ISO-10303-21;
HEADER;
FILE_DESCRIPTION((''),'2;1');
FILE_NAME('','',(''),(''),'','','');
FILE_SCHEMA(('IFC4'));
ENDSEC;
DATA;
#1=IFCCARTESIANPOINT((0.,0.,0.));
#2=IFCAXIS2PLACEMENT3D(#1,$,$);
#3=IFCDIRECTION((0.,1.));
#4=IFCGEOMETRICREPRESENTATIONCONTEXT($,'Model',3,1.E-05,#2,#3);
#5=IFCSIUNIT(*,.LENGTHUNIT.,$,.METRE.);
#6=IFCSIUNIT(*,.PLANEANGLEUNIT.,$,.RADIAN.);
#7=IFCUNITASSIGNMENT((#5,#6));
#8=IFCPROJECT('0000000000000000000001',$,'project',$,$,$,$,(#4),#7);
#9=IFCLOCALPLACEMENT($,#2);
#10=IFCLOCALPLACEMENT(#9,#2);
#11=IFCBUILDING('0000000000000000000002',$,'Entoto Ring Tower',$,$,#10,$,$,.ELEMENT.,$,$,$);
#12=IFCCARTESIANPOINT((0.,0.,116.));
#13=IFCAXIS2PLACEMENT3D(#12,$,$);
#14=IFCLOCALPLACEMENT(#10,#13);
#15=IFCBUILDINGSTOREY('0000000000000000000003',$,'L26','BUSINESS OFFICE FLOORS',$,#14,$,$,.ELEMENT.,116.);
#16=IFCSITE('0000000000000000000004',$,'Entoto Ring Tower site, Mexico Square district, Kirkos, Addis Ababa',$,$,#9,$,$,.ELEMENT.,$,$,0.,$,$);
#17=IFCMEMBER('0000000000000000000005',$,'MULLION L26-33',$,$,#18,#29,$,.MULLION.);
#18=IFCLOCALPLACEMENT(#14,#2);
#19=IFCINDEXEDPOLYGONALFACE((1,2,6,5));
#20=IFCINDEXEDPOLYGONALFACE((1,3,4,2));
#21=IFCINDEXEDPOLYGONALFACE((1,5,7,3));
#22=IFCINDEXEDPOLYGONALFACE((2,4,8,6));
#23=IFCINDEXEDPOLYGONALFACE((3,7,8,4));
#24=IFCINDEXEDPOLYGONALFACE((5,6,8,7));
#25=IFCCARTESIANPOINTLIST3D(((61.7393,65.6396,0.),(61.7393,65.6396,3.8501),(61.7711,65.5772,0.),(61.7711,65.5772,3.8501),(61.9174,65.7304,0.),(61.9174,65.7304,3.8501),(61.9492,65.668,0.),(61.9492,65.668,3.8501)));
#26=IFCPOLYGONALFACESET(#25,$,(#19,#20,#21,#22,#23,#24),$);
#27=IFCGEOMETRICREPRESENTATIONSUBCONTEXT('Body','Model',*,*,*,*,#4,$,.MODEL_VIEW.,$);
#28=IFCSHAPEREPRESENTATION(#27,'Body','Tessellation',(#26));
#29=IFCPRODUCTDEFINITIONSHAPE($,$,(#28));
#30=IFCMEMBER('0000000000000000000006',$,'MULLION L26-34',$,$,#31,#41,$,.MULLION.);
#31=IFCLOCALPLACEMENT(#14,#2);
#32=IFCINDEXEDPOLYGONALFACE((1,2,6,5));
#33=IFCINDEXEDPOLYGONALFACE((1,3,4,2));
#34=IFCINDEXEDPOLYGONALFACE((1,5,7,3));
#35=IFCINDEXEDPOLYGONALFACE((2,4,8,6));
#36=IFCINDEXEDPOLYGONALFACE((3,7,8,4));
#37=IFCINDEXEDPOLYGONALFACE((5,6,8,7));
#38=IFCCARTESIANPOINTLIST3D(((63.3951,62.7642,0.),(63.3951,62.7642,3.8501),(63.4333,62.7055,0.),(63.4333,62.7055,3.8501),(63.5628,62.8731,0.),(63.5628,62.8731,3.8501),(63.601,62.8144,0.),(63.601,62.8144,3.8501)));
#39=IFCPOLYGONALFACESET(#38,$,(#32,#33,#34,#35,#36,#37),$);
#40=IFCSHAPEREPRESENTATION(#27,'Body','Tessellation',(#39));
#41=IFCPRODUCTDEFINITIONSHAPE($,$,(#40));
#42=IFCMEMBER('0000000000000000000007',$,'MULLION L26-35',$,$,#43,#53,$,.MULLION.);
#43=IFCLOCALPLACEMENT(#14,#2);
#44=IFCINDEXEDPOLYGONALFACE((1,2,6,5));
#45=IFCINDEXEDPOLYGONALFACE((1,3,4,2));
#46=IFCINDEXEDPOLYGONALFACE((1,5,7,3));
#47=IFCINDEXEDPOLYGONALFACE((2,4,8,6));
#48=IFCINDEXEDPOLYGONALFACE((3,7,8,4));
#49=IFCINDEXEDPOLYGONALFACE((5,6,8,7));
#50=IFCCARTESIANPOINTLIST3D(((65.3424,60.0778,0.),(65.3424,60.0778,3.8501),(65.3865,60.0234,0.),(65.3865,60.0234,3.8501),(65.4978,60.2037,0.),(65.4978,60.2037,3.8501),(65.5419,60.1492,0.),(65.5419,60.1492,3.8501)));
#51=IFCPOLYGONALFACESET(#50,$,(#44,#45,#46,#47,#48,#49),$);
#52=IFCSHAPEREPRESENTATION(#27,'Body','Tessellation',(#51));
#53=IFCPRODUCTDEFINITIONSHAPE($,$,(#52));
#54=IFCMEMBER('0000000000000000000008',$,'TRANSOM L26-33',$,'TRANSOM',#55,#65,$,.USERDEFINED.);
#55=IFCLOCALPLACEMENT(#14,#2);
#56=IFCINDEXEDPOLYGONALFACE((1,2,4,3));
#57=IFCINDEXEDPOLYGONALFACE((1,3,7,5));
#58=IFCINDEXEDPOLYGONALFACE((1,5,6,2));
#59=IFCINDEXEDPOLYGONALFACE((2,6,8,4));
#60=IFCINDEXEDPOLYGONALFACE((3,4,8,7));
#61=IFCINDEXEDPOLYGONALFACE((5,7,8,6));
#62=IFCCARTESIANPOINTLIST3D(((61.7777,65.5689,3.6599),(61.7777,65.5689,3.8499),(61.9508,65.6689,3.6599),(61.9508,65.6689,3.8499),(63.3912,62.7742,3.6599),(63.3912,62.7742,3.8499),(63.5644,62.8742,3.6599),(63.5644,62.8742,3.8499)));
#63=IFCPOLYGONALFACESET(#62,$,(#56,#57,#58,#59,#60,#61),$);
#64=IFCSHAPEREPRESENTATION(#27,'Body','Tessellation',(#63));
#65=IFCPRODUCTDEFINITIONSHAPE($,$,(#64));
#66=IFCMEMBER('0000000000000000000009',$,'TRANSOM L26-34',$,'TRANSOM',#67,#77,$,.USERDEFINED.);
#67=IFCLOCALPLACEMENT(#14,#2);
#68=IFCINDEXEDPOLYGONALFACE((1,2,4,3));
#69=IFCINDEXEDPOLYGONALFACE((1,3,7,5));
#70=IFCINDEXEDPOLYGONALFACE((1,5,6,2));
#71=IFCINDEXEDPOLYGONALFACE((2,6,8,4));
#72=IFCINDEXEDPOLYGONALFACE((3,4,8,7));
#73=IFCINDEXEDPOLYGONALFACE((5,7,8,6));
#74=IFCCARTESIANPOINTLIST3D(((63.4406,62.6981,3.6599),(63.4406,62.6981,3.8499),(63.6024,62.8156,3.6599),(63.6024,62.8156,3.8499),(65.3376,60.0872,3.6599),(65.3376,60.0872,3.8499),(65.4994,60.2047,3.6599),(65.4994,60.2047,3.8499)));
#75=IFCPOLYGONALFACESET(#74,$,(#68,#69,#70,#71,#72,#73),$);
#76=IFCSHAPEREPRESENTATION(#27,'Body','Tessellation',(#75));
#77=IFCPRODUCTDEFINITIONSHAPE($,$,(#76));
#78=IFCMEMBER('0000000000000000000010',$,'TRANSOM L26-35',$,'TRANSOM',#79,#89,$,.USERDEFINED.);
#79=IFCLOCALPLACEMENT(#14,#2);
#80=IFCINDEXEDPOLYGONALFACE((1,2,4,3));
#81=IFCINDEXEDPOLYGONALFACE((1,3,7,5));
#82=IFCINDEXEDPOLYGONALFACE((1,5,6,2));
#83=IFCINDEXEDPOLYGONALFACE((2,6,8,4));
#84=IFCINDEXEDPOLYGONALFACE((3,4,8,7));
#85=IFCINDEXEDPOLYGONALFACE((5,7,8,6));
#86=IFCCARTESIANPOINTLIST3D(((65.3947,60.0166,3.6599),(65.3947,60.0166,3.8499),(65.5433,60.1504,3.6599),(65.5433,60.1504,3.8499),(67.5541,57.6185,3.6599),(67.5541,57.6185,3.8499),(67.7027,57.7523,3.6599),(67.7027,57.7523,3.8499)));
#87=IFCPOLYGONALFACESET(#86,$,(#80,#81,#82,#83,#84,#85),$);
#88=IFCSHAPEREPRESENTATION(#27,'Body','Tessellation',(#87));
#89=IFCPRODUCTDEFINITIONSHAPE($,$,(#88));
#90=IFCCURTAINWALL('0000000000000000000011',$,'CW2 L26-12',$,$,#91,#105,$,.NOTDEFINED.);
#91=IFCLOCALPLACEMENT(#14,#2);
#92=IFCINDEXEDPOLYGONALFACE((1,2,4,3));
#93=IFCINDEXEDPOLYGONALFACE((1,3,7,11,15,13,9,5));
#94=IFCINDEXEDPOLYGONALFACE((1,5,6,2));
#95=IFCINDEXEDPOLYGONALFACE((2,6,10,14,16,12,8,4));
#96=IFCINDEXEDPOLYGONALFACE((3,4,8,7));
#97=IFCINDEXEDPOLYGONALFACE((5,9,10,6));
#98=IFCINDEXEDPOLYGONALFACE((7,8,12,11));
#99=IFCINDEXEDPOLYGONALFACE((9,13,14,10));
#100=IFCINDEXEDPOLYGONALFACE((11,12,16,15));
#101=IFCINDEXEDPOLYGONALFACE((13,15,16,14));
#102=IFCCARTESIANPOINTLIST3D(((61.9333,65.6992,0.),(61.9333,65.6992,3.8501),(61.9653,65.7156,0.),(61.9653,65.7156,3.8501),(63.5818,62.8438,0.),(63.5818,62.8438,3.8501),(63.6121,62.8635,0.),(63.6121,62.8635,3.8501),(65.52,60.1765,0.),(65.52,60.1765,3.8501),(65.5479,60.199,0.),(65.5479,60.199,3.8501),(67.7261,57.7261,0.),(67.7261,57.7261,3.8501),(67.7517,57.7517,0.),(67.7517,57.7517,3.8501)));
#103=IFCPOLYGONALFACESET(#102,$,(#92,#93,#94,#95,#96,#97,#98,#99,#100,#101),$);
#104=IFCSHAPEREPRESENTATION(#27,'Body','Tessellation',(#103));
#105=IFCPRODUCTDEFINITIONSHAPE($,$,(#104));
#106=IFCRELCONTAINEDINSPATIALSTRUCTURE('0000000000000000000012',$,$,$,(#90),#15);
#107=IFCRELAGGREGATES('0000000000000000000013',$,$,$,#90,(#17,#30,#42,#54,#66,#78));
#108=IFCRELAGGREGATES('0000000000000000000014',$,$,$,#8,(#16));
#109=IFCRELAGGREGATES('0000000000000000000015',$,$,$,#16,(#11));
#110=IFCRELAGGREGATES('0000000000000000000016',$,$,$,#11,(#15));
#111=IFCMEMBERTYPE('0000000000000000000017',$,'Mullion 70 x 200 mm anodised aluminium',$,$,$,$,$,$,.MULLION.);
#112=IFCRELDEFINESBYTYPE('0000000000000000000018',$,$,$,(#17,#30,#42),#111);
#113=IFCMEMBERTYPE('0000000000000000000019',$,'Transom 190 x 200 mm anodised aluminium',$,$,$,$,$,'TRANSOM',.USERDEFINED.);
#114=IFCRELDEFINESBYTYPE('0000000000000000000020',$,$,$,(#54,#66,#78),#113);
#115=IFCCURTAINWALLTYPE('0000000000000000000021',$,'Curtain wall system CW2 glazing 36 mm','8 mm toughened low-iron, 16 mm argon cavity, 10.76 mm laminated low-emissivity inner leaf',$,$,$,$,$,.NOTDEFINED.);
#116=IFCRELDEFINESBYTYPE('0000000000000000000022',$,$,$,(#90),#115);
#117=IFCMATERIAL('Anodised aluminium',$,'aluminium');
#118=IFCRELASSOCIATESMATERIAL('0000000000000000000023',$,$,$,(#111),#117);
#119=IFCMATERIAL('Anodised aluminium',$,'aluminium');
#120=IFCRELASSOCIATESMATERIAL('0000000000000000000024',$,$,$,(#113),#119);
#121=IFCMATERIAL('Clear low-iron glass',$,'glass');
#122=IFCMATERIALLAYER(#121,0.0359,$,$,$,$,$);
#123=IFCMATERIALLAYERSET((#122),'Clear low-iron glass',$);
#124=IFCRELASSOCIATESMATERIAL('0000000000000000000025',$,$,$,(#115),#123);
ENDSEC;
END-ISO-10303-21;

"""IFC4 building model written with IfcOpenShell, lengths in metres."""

from ifc_helpers import new_model, si_unit, direction, frame, origin, origin_2d, place, context, subcontext, project, spatial, polyline, rectangle, outline, extrude, material, layer, layer_set, material_profile, profile_set, type_object, element, aggregate, save


model = new_model("IFC4")

# Units and contexts
model_context = context("Model", 3, precision=1e-05, world=origin(), true_north=direction((0.0, 1.0)))
body_context = subcontext(model_context, "Body", "Model", "MODEL_VIEW")
ifc_project = project(units=[si_unit("LENGTHUNIT", "METRE"), si_unit("PLANEANGLEUNIT", "RADIAN")], contexts=[model_context])

# Members
ifc_material_1 = material(Name="Anodised aluminium", Category="aluminium")
ifc_material_profile_1 = material_profile(ifc_material_1, rectangle(XDim=0.0701, YDim=0.2, at=origin_2d()), Name="Mullion 70 x 200 mm anodised aluminium")
ifc_profile_set_1 = profile_set([ifc_material_profile_1], Name="Anodised aluminium")
member_type_1 = type_object("IfcMemberType", Name="Mullion 70 x 200 mm anodised aluminium", PredefinedType="MULLION", material=ifc_profile_set_1)
site_placement = place(None, origin())
building_placement = place(site_placement, origin())
storey_placement = place(building_placement, frame((0.0, 0.0, 116.0)))
member_1_placement = place(storey_placement, frame((61.8442, 65.6538, 0.0), z_axis=(0.0, 0.0, 1.0), x_axis=(0.45399, -0.891007, 0.0)))
member_1 = element("IfcMember", 1, at=member_1_placement, type_object=member_type_1, Name="MULLION L26-33", PredefinedType="MULLION", context=body_context, shape_type="SweptSolid", body=[
    extrude(rectangle(XDim=0.0701, YDim=0.2, at=origin_2d()), origin(), (0.0, 0.0, 1.0), 3.8501),
])
member_2_placement = place(storey_placement, frame((63.498, 62.7893, 0.0), z_axis=(0.0, 0.0, 1.0), x_axis=(0.544639, -0.838671, 0.0)))
member_2 = element("IfcMember", 2, at=member_2_placement, type_object=member_type_1, Name="MULLION L26-34", PredefinedType="MULLION", context=body_context, shape_type="SweptSolid", body=[
    extrude(rectangle(XDim=0.0701, YDim=0.2, at=origin_2d()), origin(), (0.0, 0.0, 1.0), 3.8501),
])
member_3_placement = place(storey_placement, frame((65.4421, 60.1135, 0.0), z_axis=(0.0, 0.0, 1.0), x_axis=(0.62932, -0.777146, 0.0)))
member_3 = element("IfcMember", 3, at=member_3_placement, type_object=member_type_1, Name="MULLION L26-35", PredefinedType="MULLION", context=body_context, shape_type="SweptSolid", body=[
    extrude(rectangle(XDim=0.0701, YDim=0.2, at=origin_2d()), origin(), (0.0, 0.0, 1.0), 3.8501),
])
ifc_material_2 = material(Name="Anodised aluminium", Category="aluminium")
ifc_material_profile_2 = material_profile(ifc_material_2, rectangle(XDim=0.2, YDim=0.1899, at=origin_2d()), Name="Transom 190 x 200 mm anodised aluminium")
ifc_profile_set_2 = profile_set([ifc_material_profile_2], Name="Anodised aluminium")
member_type_2 = type_object("IfcMemberType", Name="Transom 190 x 200 mm anodised aluminium", ElementType="TRANSOM", PredefinedType="USERDEFINED", material=ifc_profile_set_2)
member_4_placement = place(storey_placement, frame((61.8643, 65.6189, 3.7549), z_axis=(0.500004, -0.866023, 0.0), x_axis=(0.866023, 0.500004, 0.0)))
member_4 = element("IfcMember", 4, at=member_4_placement, type_object=member_type_2, Name="TRANSOM L26-33", ObjectType="TRANSOM", PredefinedType="USERDEFINED", context=body_context, shape_type="SweptSolid", body=[
    extrude(rectangle(XDim=0.2, YDim=0.1899, at=origin_2d()), origin(), (0.0, 0.0, 1.0), 3.2271),
])
member_5_placement = place(storey_placement, frame((63.5215, 62.7568, 3.7549), z_axis=(0.587803, -0.809004, 0.0), x_axis=(0.809004, 0.587803, 0.0)))
member_5 = element("IfcMember", 5, at=member_5_placement, type_object=member_type_2, Name="TRANSOM L26-34", ObjectType="TRANSOM", PredefinedType="USERDEFINED", context=body_context, shape_type="SweptSolid", body=[
    extrude(rectangle(XDim=0.2, YDim=0.1899, at=origin_2d()), origin(), (0.0, 0.0, 1.0), 3.2273),
])
member_6_placement = place(storey_placement, frame((65.469, 60.0835, 3.7549), z_axis=(0.669144, -0.743132, 0.0), x_axis=(0.743132, 0.669144, 0.0)))
member_6 = element("IfcMember", 6, at=member_6_placement, type_object=member_type_2, Name="TRANSOM L26-35", ObjectType="TRANSOM", PredefinedType="USERDEFINED", context=body_context, shape_type="SweptSolid", body=[
    extrude(rectangle(XDim=0.2, YDim=0.1899, at=origin_2d()), origin(), (0.0, 0.0, 1.0), 3.2271),
])

# Site, building, storey
site = spatial("IfcSite", under=ifc_project, at=site_placement, Name="Entoto Ring Tower site, Mexico Square district, Kirkos, Addis Ababa", CompositionType="ELEMENT", RefElevation=0.0)
building = spatial("IfcBuilding", under=site, at=building_placement, Name="Entoto Ring Tower", CompositionType="ELEMENT")
storey = spatial("IfcBuildingStorey", under=building, at=storey_placement, Name="L26", Description="BUSINESS OFFICE FLOORS", CompositionType="ELEMENT", Elevation=116.0)

# Curtain wall
ifc_material_3 = material(Name="Clear low-iron glass", Category="glass")
ifc_layer = layer(ifc_material_3, 0.0359)
ifc_layer_set = layer_set([ifc_layer], Name="Clear low-iron glass")
curtain_wall_type = type_object("IfcCurtainWallType", Name="Curtain wall system CW2 glazing 36 mm", Description="8 mm toughened low-iron, 16 mm argon cavity, 10.76 mm laminated low-emissivity inner leaf", PredefinedType="NOTDEFINED", material=ifc_layer_set)
curtain_wall_1_placement = place(storey_placement, origin())
curtain_wall_1 = element("IfcCurtainWall", 7, at=curtain_wall_1_placement, inside=storey, type_object=curtain_wall_type, Name="CW2 L26-12", PredefinedType="NOTDEFINED", context=body_context, shape_type="SweptSolid", body=[
    extrude(outline(polyline([(61.9333, 65.6992), (63.5818, 62.8438), (65.52, 60.1765), (67.7261, 57.7261), (67.7517, 57.7517), (65.5479, 60.199), (63.6121, 62.8635), (61.9653, 65.7156), (61.9333, 65.6992)])), origin(), (0.0, 0.0, 1.0), 3.8501),
])
aggregate(curtain_wall_1, [member_1, member_2, member_3, member_4, member_5, member_6])

save(model, "model.ifc")
